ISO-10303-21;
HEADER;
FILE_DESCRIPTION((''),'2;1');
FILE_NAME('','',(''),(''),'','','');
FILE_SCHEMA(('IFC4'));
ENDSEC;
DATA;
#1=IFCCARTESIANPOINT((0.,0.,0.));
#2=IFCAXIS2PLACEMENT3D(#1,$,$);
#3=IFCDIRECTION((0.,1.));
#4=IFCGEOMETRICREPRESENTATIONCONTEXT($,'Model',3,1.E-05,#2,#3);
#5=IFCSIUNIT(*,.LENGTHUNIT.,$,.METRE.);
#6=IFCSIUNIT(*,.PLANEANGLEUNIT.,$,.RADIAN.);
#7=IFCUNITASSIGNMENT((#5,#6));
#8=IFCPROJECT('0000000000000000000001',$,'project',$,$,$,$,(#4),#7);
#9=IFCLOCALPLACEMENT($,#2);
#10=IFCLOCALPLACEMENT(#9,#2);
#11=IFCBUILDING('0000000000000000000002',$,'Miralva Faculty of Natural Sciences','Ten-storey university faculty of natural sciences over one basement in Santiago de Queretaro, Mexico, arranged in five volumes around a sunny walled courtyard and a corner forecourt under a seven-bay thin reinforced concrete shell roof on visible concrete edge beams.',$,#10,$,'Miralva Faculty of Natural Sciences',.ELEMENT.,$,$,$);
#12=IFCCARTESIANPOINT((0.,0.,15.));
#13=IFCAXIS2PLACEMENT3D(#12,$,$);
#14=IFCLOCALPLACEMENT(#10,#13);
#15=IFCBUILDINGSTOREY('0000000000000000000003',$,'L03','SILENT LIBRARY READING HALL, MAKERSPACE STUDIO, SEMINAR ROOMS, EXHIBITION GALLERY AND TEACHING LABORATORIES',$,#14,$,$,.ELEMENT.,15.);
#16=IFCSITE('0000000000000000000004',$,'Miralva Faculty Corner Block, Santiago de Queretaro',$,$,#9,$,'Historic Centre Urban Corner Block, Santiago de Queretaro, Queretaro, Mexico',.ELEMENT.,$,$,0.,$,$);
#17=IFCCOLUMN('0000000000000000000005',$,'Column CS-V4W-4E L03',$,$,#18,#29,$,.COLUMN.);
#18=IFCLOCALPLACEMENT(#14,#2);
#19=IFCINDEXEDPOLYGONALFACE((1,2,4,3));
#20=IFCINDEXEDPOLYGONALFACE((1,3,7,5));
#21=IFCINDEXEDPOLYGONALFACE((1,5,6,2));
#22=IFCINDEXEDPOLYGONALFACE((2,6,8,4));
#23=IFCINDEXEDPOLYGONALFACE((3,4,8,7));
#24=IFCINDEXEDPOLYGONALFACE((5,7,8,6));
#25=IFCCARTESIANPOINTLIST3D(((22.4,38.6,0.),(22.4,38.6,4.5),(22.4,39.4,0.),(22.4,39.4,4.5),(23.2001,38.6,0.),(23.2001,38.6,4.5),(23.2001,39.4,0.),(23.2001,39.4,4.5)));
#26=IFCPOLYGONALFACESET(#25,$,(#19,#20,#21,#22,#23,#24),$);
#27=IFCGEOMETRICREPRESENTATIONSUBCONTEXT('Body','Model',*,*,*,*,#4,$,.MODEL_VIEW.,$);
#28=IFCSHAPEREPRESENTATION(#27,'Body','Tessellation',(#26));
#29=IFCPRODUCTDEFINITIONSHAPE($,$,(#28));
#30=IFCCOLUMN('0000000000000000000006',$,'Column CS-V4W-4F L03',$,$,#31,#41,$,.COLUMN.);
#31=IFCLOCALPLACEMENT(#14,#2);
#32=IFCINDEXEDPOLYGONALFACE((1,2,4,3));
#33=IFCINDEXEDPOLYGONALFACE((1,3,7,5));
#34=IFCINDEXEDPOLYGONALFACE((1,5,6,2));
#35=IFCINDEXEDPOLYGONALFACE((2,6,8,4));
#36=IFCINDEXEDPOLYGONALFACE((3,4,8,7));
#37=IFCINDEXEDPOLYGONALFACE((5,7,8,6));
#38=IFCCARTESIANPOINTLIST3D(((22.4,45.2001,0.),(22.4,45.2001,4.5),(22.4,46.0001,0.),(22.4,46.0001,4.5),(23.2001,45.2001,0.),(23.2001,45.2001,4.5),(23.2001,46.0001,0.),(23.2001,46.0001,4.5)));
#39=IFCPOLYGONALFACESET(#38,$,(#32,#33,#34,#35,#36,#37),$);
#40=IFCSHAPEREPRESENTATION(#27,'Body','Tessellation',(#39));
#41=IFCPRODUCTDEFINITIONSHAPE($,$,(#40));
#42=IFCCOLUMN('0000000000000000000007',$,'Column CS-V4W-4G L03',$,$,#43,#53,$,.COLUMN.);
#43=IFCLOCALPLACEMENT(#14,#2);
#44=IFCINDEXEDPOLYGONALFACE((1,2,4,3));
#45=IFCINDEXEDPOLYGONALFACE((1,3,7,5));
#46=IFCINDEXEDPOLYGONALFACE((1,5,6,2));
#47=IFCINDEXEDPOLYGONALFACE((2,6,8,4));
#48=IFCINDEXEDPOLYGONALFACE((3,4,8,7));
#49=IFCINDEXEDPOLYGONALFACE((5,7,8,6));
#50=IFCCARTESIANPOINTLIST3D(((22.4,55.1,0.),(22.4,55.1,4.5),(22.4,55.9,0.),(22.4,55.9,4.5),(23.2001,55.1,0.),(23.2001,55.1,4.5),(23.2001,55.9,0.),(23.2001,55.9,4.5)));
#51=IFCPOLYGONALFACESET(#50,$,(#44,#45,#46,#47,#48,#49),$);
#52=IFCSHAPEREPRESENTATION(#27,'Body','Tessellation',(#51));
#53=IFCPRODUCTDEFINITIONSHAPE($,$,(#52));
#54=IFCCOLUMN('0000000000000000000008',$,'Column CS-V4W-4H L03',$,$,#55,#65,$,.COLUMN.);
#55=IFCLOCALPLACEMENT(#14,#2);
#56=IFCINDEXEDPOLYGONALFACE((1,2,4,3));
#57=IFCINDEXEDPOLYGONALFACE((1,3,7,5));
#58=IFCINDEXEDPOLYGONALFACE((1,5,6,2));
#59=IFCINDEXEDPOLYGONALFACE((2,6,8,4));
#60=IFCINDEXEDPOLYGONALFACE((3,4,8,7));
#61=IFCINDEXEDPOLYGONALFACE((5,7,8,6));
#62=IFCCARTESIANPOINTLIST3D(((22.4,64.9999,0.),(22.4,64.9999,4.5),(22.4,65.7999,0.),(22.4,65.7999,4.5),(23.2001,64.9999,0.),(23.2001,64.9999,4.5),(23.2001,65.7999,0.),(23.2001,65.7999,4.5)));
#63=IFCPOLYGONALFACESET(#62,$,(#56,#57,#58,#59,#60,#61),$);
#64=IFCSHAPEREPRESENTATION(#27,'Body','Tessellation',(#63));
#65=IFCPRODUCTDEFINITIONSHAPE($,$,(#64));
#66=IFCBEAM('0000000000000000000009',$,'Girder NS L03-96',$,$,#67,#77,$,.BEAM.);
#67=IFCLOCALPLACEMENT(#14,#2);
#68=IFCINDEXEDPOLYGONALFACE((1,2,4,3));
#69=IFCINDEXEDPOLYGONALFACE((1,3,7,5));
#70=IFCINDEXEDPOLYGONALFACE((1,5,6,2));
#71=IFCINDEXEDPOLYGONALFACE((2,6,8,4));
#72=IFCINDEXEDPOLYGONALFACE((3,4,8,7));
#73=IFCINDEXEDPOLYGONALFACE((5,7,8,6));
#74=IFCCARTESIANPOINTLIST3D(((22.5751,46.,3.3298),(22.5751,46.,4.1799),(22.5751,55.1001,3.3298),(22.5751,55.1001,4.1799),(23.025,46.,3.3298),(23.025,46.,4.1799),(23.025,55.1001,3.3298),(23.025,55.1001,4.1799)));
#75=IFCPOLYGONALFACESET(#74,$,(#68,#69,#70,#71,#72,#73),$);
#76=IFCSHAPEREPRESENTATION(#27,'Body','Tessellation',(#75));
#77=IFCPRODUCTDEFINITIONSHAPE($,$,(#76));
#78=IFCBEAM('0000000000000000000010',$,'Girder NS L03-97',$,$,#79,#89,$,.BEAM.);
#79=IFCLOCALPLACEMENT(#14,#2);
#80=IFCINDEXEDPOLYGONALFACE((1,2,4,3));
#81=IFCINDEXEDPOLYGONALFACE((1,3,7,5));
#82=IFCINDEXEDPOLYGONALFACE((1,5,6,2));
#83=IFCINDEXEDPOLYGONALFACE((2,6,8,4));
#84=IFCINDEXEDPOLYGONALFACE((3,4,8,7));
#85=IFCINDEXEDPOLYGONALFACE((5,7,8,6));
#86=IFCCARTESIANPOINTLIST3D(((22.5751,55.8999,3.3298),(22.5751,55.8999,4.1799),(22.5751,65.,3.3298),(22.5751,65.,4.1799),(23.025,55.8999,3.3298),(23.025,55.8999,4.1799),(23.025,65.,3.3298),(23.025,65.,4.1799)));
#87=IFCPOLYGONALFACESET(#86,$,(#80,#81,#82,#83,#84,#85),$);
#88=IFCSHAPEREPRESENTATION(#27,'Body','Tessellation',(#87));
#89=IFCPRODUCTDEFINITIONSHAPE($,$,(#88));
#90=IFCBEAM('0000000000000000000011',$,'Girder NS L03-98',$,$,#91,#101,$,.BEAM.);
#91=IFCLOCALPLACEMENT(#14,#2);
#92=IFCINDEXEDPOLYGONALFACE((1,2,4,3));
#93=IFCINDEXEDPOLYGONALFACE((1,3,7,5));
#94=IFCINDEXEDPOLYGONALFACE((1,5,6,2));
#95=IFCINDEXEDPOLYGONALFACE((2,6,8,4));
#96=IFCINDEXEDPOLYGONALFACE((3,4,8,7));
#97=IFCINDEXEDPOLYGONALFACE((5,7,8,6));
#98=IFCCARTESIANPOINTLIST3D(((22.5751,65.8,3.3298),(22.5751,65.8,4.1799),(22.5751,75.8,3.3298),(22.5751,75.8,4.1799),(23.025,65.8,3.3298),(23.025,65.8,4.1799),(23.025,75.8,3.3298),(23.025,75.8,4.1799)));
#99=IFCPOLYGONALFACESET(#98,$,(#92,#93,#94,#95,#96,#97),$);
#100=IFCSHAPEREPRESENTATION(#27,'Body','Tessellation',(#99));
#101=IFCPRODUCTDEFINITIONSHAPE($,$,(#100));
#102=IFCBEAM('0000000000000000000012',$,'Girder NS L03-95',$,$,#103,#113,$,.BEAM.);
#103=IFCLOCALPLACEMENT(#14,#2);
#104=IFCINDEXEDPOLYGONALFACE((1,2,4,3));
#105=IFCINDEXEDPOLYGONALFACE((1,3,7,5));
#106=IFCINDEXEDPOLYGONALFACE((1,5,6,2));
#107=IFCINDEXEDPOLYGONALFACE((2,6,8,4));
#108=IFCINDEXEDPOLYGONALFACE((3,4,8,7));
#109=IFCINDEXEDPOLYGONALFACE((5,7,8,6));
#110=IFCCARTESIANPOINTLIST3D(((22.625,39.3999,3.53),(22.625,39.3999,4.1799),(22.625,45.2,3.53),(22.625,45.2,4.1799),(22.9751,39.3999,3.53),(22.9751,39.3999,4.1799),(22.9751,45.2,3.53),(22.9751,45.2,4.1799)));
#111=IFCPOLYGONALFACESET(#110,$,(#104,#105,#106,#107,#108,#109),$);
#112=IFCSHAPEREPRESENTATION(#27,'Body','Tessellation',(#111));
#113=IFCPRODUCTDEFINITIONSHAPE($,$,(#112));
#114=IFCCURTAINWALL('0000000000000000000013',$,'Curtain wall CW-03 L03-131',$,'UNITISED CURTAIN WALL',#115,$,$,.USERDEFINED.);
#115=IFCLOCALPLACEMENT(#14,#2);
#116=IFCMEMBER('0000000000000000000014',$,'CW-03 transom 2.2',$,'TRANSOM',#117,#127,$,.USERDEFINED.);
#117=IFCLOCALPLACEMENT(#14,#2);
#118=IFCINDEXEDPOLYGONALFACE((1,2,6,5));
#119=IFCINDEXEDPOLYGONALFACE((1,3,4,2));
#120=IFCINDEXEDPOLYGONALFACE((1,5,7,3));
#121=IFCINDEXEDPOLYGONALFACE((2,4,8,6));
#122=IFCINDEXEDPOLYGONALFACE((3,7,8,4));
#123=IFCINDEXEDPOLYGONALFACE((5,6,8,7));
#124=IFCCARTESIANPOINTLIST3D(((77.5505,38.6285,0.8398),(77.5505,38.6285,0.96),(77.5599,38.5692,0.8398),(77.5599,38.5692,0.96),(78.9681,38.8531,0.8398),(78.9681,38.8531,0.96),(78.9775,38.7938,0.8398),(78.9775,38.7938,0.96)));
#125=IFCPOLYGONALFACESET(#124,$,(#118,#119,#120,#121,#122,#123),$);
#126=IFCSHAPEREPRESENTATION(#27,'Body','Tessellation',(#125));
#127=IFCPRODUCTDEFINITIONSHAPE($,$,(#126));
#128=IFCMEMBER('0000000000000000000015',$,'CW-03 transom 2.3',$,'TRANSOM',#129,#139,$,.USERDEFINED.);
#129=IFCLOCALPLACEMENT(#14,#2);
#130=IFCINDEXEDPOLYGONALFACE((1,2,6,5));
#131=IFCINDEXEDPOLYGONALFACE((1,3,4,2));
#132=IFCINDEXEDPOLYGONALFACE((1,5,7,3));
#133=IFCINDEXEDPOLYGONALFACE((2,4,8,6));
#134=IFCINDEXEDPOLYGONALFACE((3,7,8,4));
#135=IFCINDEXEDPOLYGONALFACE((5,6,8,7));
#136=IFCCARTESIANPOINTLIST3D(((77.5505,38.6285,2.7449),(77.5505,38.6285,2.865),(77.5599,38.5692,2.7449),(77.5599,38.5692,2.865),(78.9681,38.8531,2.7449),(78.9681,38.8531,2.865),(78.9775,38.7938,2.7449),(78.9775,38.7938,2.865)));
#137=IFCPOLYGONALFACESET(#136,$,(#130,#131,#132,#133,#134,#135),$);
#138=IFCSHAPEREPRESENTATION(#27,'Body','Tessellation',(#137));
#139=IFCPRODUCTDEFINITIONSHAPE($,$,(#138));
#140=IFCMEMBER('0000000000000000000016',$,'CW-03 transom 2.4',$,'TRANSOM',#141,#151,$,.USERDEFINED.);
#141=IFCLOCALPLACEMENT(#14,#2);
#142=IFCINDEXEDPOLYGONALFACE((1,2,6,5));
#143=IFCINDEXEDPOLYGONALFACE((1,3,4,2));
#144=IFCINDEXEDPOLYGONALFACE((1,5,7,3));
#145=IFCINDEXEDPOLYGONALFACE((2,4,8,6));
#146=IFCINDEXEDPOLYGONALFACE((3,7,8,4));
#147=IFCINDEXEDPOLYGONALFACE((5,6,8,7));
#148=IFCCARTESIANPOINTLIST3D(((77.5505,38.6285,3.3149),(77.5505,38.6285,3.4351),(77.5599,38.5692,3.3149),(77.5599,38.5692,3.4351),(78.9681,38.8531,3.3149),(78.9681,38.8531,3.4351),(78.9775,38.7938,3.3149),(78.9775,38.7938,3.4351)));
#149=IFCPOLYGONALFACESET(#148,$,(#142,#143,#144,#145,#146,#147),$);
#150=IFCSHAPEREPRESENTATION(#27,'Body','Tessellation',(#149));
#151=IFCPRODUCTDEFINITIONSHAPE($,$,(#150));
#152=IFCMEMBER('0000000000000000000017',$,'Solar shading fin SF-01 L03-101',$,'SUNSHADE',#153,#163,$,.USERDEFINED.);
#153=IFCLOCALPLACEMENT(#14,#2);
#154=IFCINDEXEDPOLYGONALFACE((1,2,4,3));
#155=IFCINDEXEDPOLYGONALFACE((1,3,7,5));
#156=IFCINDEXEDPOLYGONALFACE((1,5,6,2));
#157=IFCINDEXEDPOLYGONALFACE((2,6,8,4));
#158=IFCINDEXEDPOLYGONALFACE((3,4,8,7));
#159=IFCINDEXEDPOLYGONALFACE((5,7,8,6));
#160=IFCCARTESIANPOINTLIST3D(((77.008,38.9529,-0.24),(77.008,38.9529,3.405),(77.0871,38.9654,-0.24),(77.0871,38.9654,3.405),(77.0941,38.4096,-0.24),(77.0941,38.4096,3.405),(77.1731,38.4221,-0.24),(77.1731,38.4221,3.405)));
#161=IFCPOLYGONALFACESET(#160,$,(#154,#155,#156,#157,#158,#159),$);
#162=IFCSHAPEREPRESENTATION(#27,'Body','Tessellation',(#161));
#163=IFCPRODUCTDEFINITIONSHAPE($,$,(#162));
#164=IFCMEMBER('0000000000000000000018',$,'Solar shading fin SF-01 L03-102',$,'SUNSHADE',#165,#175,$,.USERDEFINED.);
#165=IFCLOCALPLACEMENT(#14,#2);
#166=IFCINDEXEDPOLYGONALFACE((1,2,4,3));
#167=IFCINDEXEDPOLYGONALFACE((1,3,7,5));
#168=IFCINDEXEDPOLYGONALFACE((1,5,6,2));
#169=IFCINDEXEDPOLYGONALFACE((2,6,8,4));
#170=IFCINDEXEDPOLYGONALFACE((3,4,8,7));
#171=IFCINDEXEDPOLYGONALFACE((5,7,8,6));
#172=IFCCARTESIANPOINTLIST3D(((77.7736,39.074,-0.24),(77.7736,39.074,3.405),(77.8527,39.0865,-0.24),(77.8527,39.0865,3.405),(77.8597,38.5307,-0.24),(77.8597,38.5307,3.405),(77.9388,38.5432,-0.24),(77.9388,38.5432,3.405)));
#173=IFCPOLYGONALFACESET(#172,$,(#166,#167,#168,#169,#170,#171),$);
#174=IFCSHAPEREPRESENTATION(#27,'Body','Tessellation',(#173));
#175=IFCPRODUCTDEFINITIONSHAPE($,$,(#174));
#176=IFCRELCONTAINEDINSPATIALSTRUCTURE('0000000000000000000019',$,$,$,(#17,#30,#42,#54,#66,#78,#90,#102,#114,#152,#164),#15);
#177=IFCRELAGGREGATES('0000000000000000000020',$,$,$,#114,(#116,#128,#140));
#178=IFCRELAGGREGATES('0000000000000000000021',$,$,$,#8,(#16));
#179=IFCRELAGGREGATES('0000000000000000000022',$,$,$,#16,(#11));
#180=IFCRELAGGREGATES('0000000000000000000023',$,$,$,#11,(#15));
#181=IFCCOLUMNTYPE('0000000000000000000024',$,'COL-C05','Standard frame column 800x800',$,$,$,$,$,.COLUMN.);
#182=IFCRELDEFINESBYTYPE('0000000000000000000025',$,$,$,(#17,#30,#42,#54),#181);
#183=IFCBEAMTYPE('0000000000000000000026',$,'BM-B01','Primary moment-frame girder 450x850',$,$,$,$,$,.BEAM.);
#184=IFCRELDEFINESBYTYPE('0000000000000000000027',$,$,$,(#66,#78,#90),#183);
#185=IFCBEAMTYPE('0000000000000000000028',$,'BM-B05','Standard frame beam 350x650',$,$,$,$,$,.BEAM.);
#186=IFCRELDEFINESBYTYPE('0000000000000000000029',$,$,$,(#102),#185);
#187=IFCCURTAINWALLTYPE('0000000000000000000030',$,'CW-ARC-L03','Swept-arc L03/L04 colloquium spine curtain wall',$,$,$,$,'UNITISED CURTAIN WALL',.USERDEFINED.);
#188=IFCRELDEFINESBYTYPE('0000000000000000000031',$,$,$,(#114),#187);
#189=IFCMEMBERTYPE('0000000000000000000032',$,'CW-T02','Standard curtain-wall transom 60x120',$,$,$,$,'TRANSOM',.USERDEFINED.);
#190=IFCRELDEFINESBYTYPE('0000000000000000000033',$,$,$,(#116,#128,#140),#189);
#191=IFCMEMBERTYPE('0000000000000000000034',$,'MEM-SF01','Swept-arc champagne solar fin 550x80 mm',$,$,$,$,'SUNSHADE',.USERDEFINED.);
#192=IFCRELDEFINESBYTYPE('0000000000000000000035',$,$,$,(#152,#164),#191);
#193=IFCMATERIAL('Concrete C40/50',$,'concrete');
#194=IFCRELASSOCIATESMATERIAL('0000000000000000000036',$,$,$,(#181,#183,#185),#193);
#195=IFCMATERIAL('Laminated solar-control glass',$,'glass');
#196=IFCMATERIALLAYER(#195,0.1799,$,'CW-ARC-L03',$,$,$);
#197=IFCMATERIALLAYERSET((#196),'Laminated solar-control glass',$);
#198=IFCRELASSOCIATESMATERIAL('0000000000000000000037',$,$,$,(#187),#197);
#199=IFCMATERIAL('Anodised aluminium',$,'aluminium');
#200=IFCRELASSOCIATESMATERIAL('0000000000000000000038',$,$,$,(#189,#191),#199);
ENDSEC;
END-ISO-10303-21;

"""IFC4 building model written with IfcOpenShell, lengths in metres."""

from ifc_helpers import new_model, si_unit, direction, frame, origin, origin_2d, place, context, subcontext, project, spatial, rectangle, extrude, material, layer, layer_set, material_profile, profile_set, type_object, element, aggregate, save


model = new_model("IFC4")

# Units and contexts
model_context = context("Model", 3, precision=1e-05, world=origin(), true_north=direction((0.0, 1.0)))
body_context = subcontext(model_context, "Body", "Model", "MODEL_VIEW")
ifc_project = project(units=[si_unit("LENGTHUNIT", "METRE"), si_unit("PLANEANGLEUNIT", "RADIAN")], contexts=[model_context])

# Site, building, storey
site_placement = place(None, origin())
site = spatial("IfcSite", under=ifc_project, at=site_placement, Name="Miralva Faculty Corner Block, Santiago de Queretaro", LongName="Historic Centre Urban Corner Block, Santiago de Queretaro, Queretaro, Mexico", CompositionType="ELEMENT", RefElevation=0.0)
building_placement = place(site_placement, origin())
building = spatial("IfcBuilding", under=site, at=building_placement, Name="Miralva Faculty of Natural Sciences", Description="Ten-storey university faculty of natural sciences over one basement in Santiago de Queretaro, Mexico, arranged in five volumes around a sunny walled courtyard and a corner forecourt under a seven-bay thin reinforced concrete shell roof on visible concrete edge beams.", LongName="Miralva Faculty of Natural Sciences", CompositionType="ELEMENT")
storey_placement = place(building_placement, frame((0.0, 0.0, 15.0)))
storey = spatial("IfcBuildingStorey", under=building, at=storey_placement, Name="L03", Description="SILENT LIBRARY READING HALL, MAKERSPACE STUDIO, SEMINAR ROOMS, EXHIBITION GALLERY AND TEACHING LABORATORIES", CompositionType="ELEMENT", Elevation=15.0)

# Columns
ifc_material_1 = material(Name="Concrete C40/50", Category="concrete")
ifc_material_profile_1 = material_profile(ifc_material_1, rectangle(XDim=0.8, YDim=0.8, at=origin_2d()), Name="RC 800x800")
ifc_profile_set_1 = profile_set([ifc_material_profile_1], Name="Concrete C40/50")
column_type = type_object("IfcColumnType", Name="COL-C05", Description="Standard frame column 800x800", PredefinedType="COLUMN", material=ifc_profile_set_1)
for number, where, z_axis, x_axis, name in (
    (1, (22.8, 39.0, 0.0), (0.0, 0.0, 1.0), (1.0, 0.0, 0.0), "Column CS-V4W-4E L03"),
    (2, (22.8, 45.6001, 0.0), (0.0, 0.0, 1.0), (1.0, 0.0, 0.0), "Column CS-V4W-4F L03"),
    (3, (22.8, 55.5, 0.0), (0.0, 0.0, 1.0), (1.0, 0.0, 0.0), "Column CS-V4W-4G L03"),
    (4, (22.8, 65.3999, 0.0), (0.0, 0.0, 1.0), (1.0, 0.0, 0.0), "Column CS-V4W-4H L03"),
):
    element("IfcColumn", number, at=place(storey_placement, frame(where, z_axis=z_axis, x_axis=x_axis)), inside=storey, type_object=column_type, Name=name, PredefinedType="COLUMN", context=body_context, shape_type="SweptSolid", body=[
        extrude(rectangle(XDim=0.8, YDim=0.8, at=origin_2d()), origin(), (0.0, 0.0, 1.0), 4.5),
    ])

# Beams
ifc_material_profile_2 = material_profile(ifc_material_1, rectangle(XDim=0.45, YDim=0.8501, at=origin_2d()), Name="RC 450x850")
ifc_profile_set_2 = profile_set([ifc_material_profile_2], Name="Concrete C40/50")
beam_type_1 = type_object("IfcBeamType", Name="BM-B01", Description="Primary moment-frame girder 450x850", PredefinedType="BEAM", material=ifc_profile_set_2)
for number, where, z_axis, x_axis, name in (
    (5, (22.8, 46.0, 3.7549), (0.0, 1.0, 0.0), (-1.0, 0.0, 0.0), "Girder NS L03-96"),
    (6, (22.8, 55.8999, 3.7549), (0.0, 1.0, 0.0), (-1.0, 0.0, 0.0), "Girder NS L03-97"),
):
    element("IfcBeam", number, at=place(storey_placement, frame(where, z_axis=z_axis, x_axis=x_axis)), inside=storey, type_object=beam_type_1, Name=name, PredefinedType="BEAM", context=body_context, shape_type="SweptSolid", body=[
        extrude(rectangle(XDim=0.45, YDim=0.8501, at=origin_2d()), origin(), (0.0, 0.0, 1.0), 9.1001),
    ])
beam_1_placement = place(storey_placement, frame((22.8, 65.8, 3.7549), z_axis=(0.0, 1.0, 0.0), x_axis=(-1.0, 0.0, 0.0)))
element("IfcBeam", 7, at=beam_1_placement, inside=storey, type_object=beam_type_1, Name="Girder NS L03-98", PredefinedType="BEAM", context=body_context, shape_type="SweptSolid", body=[
    extrude(rectangle(XDim=0.45, YDim=0.8501, at=origin_2d()), origin(), (0.0, 0.0, 1.0), 10.0),
])
ifc_material_profile_3 = material_profile(ifc_material_1, rectangle(XDim=0.3501, YDim=0.6499, at=origin_2d()), Name="RC 350x650")
ifc_profile_set_3 = profile_set([ifc_material_profile_3], Name="Concrete C40/50")
beam_type_2 = type_object("IfcBeamType", Name="BM-B05", Description="Standard frame beam 350x650", PredefinedType="BEAM", material=ifc_profile_set_3)
beam_2_placement = place(storey_placement, frame((22.8, 39.3999, 3.855), z_axis=(0.0, 1.0, 0.0), x_axis=(-1.0, 0.0, 0.0)))
element("IfcBeam", 8, at=beam_2_placement, inside=storey, type_object=beam_type_2, Name="Girder NS L03-95", PredefinedType="BEAM", context=body_context, shape_type="SweptSolid", body=[
    extrude(rectangle(XDim=0.3501, YDim=0.6499, at=origin_2d()), origin(), (0.0, 0.0, 1.0), 5.8),
])

# Curtain wall, members
ifc_material_2 = material(Name="Laminated solar-control glass", Category="glass")
ifc_layer_1 = layer(ifc_material_2, 0.1799, Name="CW-ARC-L03")
ifc_layer_set_1 = layer_set([ifc_layer_1], Name="Laminated solar-control glass")
curtain_wall_type = type_object("IfcCurtainWallType", Name="CW-ARC-L03", Description="Swept-arc L03/L04 colloquium spine curtain wall", ElementType="UNITISED CURTAIN WALL", PredefinedType="USERDEFINED", material=ifc_layer_set_1)
curtain_wall_placement = place(storey_placement, origin())
curtain_wall = element("IfcCurtainWall", 9, at=curtain_wall_placement, inside=storey, type_object=curtain_wall_type, Name="Curtain wall CW-03 L03-131", ObjectType="UNITISED CURTAIN WALL", PredefinedType="USERDEFINED")
ifc_material_3 = material(Name="Anodised aluminium", Category="aluminium")
ifc_material_profile_4 = material_profile(ifc_material_3, rectangle(XDim=0.0601, YDim=0.1201, at=origin_2d()), Name="TRANSOM 60x120")
ifc_profile_set_4 = profile_set([ifc_material_profile_4], Name="Anodised aluminium")
member_type_1 = type_object("IfcMemberType", Name="CW-T02", Description="Standard curtain-wall transom 60x120", ElementType="TRANSOM", PredefinedType="USERDEFINED", material=ifc_profile_set_4)
member_1_placement = place(storey_placement, frame((77.5552, 38.5989, 0.8999), z_axis=(0.987681, 0.156478, 0.0), x_axis=(-0.156478, 0.987681, 0.0)))
member_1 = element("IfcMember", 10, at=member_1_placement, type_object=member_type_1, Name="CW-03 transom 2.2", ObjectType="TRANSOM", PredefinedType="USERDEFINED", context=body_context, shape_type="SweptSolid", body=[
    extrude(rectangle(XDim=0.0601, YDim=0.1201, at=origin_2d()), origin(), (0.0, 0.0, 1.0), 1.4353),
])
member_2_placement = place(storey_placement, frame((77.5552, 38.5989, 2.8049), z_axis=(0.987681, 0.156478, 0.0), x_axis=(-0.156478, 0.987681, 0.0)))
member_2 = element("IfcMember", 11, at=member_2_placement, type_object=member_type_1, Name="CW-03 transom 2.3", ObjectType="TRANSOM", PredefinedType="USERDEFINED", context=body_context, shape_type="SweptSolid", body=[
    extrude(rectangle(XDim=0.0601, YDim=0.1201, at=origin_2d()), origin(), (0.0, 0.0, 1.0), 1.4353),
])
member_3_placement = place(storey_placement, frame((77.5552, 38.5989, 3.375), z_axis=(0.987681, 0.156478, 0.0), x_axis=(-0.156478, 0.987681, 0.0)))
member_3 = element("IfcMember", 12, at=member_3_placement, type_object=member_type_1, Name="CW-03 transom 2.4", ObjectType="TRANSOM", PredefinedType="USERDEFINED", context=body_context, shape_type="SweptSolid", body=[
    extrude(rectangle(XDim=0.0601, YDim=0.1201, at=origin_2d()), origin(), (0.0, 0.0, 1.0), 1.4353),
])
aggregate(curtain_wall, [member_1, member_2, member_3])

# Members
ifc_material_profile_5 = material_profile(ifc_material_3, rectangle(XDim=0.0801, YDim=0.55, at=origin_2d()), Name="FIN 550x80")
ifc_profile_set_5 = profile_set([ifc_material_profile_5], Name="Anodised aluminium")
member_type_2 = type_object("IfcMemberType", Name="MEM-SF01", Description="Swept-arc champagne solar fin 550x80 mm", ElementType="SUNSHADE", PredefinedType="USERDEFINED", material=ifc_profile_set_5)
for number, where, z_axis, x_axis, name in (
    (13, (77.0906, 38.6875, -0.24), (0.0, 0.0, 1.0), (-0.987688, -0.156434, 0.0), "Solar shading fin SF-01 L03-101"),
    (14, (77.8562, 38.8086, -0.24), (0.0, 0.0, 1.0), (-0.987688, -0.156434, 0.0), "Solar shading fin SF-01 L03-102"),
):
    element("IfcMember", number, at=place(storey_placement, frame(where, z_axis=z_axis, x_axis=x_axis)), inside=storey, type_object=member_type_2, Name=name, ObjectType="SUNSHADE", PredefinedType="USERDEFINED", context=body_context, shape_type="SweptSolid", body=[
        extrude(rectangle(XDim=0.0801, YDim=0.55, at=origin_2d()), origin(), (0.0, 0.0, 1.0), 3.645),
    ])

save(model, "model.ifc")
